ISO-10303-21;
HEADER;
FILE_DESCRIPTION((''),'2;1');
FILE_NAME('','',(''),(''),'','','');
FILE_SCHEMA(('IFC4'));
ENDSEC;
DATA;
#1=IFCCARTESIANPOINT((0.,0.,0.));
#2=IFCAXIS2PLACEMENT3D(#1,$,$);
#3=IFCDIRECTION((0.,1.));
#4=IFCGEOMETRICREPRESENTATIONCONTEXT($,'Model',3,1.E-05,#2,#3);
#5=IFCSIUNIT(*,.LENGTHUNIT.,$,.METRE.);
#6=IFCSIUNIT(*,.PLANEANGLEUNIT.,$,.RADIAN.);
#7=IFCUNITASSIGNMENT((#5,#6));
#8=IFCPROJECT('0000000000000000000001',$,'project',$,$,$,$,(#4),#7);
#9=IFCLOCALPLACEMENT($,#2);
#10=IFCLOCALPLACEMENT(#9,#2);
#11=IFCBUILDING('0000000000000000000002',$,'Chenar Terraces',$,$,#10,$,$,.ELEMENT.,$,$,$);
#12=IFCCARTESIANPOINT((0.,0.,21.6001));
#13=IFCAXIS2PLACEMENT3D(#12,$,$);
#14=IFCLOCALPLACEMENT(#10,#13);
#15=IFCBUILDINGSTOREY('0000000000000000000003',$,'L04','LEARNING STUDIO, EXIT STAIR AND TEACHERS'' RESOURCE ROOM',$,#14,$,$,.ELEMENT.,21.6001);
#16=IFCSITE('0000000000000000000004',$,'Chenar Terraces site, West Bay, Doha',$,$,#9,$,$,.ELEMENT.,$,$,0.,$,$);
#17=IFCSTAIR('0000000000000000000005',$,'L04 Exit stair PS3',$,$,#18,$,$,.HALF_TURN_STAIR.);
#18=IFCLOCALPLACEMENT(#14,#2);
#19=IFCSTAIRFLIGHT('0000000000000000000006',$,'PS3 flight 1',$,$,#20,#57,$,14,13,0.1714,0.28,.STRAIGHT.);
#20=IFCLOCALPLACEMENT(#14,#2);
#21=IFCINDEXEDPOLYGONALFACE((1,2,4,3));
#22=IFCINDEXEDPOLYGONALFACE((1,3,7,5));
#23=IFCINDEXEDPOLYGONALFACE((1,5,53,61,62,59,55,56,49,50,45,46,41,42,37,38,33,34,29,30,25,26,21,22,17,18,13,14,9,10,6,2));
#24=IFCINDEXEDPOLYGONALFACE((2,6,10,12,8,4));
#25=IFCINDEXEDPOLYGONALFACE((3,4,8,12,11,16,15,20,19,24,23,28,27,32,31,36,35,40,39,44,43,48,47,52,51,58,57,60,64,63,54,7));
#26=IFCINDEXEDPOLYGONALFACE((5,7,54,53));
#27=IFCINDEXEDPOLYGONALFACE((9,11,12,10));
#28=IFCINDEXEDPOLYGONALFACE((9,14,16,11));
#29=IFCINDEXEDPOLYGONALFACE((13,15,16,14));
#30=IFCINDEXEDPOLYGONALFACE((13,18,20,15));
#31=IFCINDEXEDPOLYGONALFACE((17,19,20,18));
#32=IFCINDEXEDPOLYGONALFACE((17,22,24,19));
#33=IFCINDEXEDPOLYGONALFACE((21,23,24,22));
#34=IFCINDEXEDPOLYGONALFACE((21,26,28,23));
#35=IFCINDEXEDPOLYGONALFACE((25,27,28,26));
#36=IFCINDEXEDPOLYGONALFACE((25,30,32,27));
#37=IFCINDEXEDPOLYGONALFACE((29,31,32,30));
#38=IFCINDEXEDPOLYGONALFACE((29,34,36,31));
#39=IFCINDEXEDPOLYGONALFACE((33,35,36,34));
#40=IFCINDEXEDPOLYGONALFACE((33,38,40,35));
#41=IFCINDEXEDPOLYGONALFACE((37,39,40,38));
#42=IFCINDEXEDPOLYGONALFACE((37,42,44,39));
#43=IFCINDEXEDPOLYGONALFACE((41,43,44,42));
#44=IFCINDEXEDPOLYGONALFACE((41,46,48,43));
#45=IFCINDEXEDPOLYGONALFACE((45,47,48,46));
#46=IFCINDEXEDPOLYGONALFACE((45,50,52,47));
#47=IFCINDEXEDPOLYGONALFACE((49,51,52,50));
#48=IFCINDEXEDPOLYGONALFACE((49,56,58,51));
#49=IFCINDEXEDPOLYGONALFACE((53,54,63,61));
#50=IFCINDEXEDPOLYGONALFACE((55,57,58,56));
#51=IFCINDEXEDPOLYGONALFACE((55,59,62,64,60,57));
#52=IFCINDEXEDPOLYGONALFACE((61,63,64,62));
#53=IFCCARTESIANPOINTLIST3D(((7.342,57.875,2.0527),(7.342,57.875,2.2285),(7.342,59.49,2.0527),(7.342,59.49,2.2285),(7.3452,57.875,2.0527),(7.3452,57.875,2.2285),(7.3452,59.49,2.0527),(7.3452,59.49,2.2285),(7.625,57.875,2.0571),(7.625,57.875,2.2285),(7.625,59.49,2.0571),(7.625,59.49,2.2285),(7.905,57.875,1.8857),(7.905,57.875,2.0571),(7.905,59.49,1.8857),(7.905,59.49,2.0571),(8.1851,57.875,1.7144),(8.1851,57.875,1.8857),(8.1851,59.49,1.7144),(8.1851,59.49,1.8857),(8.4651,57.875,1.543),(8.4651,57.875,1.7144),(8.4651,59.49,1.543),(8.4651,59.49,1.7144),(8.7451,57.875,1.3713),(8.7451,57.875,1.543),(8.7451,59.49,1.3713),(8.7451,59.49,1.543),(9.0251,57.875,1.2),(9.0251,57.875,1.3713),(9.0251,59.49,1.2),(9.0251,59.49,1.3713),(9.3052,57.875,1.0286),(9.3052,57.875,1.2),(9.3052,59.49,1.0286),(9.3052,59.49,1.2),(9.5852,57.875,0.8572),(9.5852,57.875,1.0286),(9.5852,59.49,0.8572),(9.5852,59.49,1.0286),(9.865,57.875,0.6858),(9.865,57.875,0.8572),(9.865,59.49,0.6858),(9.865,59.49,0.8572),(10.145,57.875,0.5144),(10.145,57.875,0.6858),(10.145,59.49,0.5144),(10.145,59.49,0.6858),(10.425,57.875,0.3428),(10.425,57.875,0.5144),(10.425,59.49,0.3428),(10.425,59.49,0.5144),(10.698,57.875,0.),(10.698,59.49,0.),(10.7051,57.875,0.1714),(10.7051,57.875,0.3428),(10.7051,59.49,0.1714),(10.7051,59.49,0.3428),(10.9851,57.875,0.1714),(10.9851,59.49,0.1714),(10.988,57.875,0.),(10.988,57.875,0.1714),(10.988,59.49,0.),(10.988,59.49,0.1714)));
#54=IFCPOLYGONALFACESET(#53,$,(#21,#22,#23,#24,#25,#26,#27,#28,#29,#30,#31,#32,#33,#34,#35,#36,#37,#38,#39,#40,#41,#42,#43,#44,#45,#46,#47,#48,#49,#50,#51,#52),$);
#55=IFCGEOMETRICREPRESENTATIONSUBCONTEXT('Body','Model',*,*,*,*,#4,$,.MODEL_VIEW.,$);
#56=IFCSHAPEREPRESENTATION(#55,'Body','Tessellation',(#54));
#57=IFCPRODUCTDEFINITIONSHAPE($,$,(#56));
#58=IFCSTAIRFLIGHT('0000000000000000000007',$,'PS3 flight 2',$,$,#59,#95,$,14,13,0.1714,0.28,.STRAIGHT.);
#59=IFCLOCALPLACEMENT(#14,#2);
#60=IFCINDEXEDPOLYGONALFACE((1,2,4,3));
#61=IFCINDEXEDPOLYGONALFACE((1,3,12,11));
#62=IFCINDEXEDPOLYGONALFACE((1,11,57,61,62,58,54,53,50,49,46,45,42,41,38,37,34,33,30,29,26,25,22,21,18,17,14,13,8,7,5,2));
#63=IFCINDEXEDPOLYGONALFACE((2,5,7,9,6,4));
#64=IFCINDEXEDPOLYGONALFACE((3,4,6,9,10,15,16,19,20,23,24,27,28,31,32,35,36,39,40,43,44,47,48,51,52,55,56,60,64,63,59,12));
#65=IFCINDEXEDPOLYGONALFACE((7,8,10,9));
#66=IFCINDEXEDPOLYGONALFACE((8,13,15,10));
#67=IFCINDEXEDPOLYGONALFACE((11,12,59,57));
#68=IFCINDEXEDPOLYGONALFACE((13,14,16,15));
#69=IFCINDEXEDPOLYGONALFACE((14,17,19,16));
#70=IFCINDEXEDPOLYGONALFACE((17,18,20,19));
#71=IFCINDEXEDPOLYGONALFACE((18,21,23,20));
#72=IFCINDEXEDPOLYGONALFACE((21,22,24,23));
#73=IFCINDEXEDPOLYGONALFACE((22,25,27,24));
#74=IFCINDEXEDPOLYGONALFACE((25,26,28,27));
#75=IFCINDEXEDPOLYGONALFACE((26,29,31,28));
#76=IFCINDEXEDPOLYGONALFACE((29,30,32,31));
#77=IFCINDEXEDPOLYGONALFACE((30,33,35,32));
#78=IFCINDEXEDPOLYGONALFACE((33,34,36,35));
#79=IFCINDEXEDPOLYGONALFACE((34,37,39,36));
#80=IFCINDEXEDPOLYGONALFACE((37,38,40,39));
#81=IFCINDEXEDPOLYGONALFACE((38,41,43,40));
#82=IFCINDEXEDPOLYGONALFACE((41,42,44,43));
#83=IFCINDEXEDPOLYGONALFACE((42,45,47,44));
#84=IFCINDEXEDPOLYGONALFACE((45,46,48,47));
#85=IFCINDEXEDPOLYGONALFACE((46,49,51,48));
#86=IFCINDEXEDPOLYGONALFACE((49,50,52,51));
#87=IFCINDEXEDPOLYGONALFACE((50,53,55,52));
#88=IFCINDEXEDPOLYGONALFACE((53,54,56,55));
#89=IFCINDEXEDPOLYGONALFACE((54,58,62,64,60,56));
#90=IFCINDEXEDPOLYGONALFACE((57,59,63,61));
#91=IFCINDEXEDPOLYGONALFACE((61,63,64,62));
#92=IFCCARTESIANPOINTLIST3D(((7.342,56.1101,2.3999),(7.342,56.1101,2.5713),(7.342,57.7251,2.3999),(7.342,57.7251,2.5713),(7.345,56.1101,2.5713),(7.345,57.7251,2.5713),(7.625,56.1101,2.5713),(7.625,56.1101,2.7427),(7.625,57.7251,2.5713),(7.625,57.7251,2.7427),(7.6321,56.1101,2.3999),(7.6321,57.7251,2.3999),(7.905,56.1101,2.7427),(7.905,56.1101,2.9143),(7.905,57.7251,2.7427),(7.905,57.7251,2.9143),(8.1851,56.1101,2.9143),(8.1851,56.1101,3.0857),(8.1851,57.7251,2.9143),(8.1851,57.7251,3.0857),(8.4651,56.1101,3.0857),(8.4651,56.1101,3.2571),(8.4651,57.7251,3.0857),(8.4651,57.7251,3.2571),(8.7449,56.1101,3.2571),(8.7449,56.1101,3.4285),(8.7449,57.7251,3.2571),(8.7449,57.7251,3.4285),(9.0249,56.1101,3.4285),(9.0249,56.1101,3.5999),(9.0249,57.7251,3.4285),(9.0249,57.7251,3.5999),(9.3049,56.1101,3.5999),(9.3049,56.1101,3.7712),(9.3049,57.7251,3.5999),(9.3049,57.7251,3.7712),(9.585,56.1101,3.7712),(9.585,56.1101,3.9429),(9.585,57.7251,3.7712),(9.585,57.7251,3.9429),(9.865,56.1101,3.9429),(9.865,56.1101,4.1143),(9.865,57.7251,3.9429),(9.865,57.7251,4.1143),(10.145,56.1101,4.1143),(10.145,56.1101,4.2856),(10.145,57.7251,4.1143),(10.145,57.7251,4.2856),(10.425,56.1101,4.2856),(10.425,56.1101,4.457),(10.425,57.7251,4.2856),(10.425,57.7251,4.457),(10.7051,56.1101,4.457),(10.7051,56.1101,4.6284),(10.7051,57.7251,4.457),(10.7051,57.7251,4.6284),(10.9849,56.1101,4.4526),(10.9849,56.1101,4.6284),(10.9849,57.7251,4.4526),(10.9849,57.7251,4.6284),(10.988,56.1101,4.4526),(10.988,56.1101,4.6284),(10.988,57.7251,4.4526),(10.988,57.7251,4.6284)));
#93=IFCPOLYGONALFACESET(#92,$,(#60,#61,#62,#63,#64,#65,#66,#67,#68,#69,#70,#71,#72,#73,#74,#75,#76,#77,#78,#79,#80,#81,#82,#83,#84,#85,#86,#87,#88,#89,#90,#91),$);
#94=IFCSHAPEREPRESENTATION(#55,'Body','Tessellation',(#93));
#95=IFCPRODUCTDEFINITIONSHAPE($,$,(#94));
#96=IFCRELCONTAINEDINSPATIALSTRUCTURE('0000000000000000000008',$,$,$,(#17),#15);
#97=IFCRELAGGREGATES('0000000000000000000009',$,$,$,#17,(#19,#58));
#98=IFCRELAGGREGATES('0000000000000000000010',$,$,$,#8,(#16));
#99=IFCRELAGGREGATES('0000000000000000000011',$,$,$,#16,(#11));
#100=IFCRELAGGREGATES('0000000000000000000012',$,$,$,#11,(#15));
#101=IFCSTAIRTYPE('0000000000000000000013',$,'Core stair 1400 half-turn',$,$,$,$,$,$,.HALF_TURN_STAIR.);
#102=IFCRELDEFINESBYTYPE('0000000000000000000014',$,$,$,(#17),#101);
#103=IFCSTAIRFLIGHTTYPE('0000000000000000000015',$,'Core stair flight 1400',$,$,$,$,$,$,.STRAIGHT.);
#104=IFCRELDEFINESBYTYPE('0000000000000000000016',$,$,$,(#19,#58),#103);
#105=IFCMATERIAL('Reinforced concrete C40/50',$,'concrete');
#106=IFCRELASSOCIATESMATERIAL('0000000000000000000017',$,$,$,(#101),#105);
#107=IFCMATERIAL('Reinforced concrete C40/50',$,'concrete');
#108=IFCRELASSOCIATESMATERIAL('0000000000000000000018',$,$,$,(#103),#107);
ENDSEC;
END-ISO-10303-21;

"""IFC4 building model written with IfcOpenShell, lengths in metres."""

from ifc_helpers import new_model, si_unit, direction, frame, origin, place, context, subcontext, project, spatial, polyline, outline, extrude, material, type_object, element, aggregate, save


model = new_model("IFC4")

# Units and contexts
model_context = context("Model", 3, precision=1e-05, world=origin(), true_north=direction((0.0, 1.0)))
body_context = subcontext(model_context, "Body", "Model", "MODEL_VIEW")
ifc_project = project(units=[si_unit("LENGTHUNIT", "METRE"), si_unit("PLANEANGLEUNIT", "RADIAN")], contexts=[model_context])

# Site, building, storey
site_placement = place(None, origin())
site = spatial("IfcSite", under=ifc_project, at=site_placement, Name="Chenar Terraces site, West Bay, Doha", CompositionType="ELEMENT", RefElevation=0.0)
building_placement = place(site_placement, origin())
building = spatial("IfcBuilding", under=site, at=building_placement, Name="Chenar Terraces", CompositionType="ELEMENT")
storey_placement = place(building_placement, frame((0.0, 0.0, 21.6001)))
storey = spatial("IfcBuildingStorey", under=building, at=storey_placement, Name="L04", Description="LEARNING STUDIO, EXIT STAIR AND TEACHERS' RESOURCE ROOM", CompositionType="ELEMENT", Elevation=21.6001)

# Shared definitions
placement = place(storey_placement, origin())

# Stair, stair flights
ifc_material_1 = material(Name="Reinforced concrete C40/50", Category="concrete")
stair_type = type_object("IfcStairType", Name="Core stair 1400 half-turn", PredefinedType="HALF_TURN_STAIR", material=ifc_material_1)
stair = element("IfcStair", 1, at=placement, inside=storey, type_object=stair_type, Name="L04 Exit stair PS3", PredefinedType="HALF_TURN_STAIR")
ifc_material_2 = material(Name="Reinforced concrete C40/50", Category="concrete")
stair_flight_type = type_object("IfcStairFlightType", Name="Core stair flight 1400", PredefinedType="STRAIGHT", material=ifc_material_2)
stair_flight_1_placement = place(storey_placement, frame((10.9851, 58.6826, 0.0), z_axis=(0.0, 0.0, 1.0), x_axis=(-1.0, 0.0, 0.0)))
stair_flight_1 = element("IfcStairFlight", 2, at=stair_flight_1_placement, type_object=stair_flight_type, Name="PS3 flight 1", NumberOfRisers=14, NumberOfTreads=13, PredefinedType="STRAIGHT", RiserHeight=0.1714, TreadLength=0.28, context=body_context, shape_type="SweptSolid", body=[
    extrude(outline(polyline([(-0.0029, 0.0), (-0.0029, 0.1714), (0.0, 0.1714), (0.28, 0.1714), (0.28, 0.3428), (0.5601, 0.3428), (0.5601, 0.5144), (0.8401, 0.5144), (0.8401, 0.6858), (1.1201, 0.6858), (1.1201, 0.8572), (1.3999, 0.8572), (1.3999, 1.0286), (1.6799, 1.0286), (1.6799, 1.2), (1.96, 1.2), (1.96, 1.3713), (2.24, 1.3713), (2.24, 1.543), (2.52, 1.543), (2.52, 1.7144), (2.8, 1.7144), (2.8, 1.8857), (3.0801, 1.8857), (3.0801, 2.0571), (3.3601, 2.0571), (3.3601, 2.2285), (3.6399, 2.2285), (3.6431, 2.2285), (3.6431, 2.0527), (3.6399, 2.0527), (0.2871, 0.0), (-0.0029, 0.0)])), frame((0.0, 0.8076, 0.0), z_axis=(0.0, -1.0, 0.0), x_axis=(1.0, 0.0, 0.0)), (0.0, 0.0, 1.0), 1.615),
])
stair_flight_2_placement = place(storey_placement, frame((7.345, 56.9175, 2.3999), z_axis=(0.0, 0.0, 1.0), x_axis=(1.0, 0.0, 0.0)))
stair_flight_2 = element("IfcStairFlight", 3, at=stair_flight_2_placement, type_object=stair_flight_type, Name="PS3 flight 2", NumberOfRisers=14, NumberOfTreads=13, PredefinedType="STRAIGHT", RiserHeight=0.1714, TreadLength=0.28, context=body_context, shape_type="SweptSolid", body=[
    extrude(outline(polyline([(-0.0029, 0.0), (-0.0029, 0.1714), (0.0, 0.1714), (0.28, 0.1714), (0.28, 0.3428), (0.5601, 0.3428), (0.5601, 0.5144), (0.8401, 0.5144), (0.8401, 0.6858), (1.1201, 0.6858), (1.1201, 0.8572), (1.3999, 0.8572), (1.3999, 1.0286), (1.6799, 1.0286), (1.6799, 1.2), (1.96, 1.2), (1.96, 1.3713), (2.24, 1.3713), (2.24, 1.543), (2.52, 1.543), (2.52, 1.7144), (2.8, 1.7144), (2.8, 1.8857), (3.0801, 1.8857), (3.0801, 2.0571), (3.3601, 2.0571), (3.3601, 2.2285), (3.6399, 2.2285), (3.6431, 2.2285), (3.6431, 2.0527), (3.6399, 2.0527), (0.2871, 0.0), (-0.0029, 0.0)])), frame((0.0, 0.8076, 0.0), z_axis=(0.0, -1.0, 0.0), x_axis=(1.0, 0.0, 0.0)), (0.0, 0.0, 1.0), 1.615),
])
aggregate(stair, [stair_flight_1, stair_flight_2])

save(model, "model.ifc")
